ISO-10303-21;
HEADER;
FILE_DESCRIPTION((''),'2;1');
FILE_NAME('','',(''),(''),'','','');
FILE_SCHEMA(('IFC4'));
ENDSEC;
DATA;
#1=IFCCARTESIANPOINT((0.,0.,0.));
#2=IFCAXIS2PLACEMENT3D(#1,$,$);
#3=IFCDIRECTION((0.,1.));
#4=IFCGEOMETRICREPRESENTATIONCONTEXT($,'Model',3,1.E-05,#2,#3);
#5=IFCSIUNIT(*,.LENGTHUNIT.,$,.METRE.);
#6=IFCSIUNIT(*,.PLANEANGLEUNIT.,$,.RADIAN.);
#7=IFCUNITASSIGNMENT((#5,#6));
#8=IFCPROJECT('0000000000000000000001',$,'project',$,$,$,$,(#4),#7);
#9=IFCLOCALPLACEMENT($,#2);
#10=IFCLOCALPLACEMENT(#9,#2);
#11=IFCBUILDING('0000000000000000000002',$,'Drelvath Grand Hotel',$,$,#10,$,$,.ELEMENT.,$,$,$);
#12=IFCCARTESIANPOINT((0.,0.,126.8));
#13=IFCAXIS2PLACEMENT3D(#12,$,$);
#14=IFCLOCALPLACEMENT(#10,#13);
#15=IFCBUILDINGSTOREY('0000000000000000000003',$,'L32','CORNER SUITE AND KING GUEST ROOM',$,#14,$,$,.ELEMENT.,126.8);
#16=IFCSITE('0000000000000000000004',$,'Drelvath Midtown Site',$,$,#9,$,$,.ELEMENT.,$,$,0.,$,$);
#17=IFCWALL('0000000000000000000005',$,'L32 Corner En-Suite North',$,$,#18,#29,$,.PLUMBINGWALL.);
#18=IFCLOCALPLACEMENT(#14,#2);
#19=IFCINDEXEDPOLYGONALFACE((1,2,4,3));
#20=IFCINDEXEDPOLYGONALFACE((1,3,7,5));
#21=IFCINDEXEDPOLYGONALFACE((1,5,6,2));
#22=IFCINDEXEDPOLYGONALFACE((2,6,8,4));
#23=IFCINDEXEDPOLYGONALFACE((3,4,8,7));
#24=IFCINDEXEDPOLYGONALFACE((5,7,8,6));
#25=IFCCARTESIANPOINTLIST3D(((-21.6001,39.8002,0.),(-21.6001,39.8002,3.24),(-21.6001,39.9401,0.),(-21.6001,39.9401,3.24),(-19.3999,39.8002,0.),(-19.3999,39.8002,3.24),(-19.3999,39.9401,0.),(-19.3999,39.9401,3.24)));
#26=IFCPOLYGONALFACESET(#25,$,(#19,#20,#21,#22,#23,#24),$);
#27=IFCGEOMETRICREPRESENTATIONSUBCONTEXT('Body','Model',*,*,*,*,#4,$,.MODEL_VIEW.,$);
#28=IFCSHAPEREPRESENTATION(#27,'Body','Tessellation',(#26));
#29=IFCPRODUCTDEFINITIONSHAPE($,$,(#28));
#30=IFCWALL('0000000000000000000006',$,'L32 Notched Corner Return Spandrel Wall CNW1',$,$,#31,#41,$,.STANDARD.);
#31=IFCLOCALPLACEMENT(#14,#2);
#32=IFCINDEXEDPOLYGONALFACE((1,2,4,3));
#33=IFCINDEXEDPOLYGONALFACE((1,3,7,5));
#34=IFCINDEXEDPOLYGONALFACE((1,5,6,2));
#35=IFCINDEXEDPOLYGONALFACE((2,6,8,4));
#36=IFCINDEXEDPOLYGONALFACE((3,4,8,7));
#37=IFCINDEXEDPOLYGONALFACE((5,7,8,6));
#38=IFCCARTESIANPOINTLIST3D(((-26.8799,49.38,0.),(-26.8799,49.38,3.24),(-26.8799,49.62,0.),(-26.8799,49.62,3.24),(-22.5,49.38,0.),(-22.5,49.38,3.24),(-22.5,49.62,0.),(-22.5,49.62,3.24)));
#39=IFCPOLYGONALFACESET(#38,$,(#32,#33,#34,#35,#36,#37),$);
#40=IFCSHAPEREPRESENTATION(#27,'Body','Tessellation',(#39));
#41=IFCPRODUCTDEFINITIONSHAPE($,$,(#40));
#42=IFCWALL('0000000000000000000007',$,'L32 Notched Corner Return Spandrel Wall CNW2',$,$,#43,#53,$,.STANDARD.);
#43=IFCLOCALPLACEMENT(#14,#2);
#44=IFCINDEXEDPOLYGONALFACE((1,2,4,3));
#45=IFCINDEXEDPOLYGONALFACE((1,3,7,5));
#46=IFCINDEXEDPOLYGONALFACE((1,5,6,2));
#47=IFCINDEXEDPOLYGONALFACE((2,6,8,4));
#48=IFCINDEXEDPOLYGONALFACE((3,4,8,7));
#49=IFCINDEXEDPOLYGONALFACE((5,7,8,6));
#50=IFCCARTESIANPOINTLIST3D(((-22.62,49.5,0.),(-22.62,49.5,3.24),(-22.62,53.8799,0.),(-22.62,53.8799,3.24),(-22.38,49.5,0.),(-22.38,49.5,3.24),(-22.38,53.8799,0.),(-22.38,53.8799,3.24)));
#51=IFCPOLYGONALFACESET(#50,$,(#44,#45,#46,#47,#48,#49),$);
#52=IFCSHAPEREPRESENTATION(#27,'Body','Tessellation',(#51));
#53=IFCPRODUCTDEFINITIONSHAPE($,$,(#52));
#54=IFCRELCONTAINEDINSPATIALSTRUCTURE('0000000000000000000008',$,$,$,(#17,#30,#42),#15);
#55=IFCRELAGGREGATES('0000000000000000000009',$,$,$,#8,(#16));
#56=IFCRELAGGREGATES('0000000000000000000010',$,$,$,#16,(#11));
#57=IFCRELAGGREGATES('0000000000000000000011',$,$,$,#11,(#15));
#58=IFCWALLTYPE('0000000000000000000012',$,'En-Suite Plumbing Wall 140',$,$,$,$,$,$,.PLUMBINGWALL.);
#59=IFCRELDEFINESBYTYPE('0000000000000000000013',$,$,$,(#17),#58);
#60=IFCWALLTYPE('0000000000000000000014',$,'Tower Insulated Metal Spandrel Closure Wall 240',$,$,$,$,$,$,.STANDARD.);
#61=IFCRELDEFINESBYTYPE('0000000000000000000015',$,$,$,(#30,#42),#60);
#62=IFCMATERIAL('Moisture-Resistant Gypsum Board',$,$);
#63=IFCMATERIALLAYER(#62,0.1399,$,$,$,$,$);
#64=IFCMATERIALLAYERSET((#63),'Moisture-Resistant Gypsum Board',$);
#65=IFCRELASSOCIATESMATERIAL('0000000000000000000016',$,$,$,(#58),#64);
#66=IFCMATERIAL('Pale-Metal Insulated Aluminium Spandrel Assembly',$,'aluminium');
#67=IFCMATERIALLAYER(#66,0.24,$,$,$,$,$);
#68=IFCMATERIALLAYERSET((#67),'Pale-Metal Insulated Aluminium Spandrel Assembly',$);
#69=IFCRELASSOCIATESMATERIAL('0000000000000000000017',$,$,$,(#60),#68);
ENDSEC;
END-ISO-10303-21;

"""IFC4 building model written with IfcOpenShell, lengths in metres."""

from ifc_helpers import new_model, si_unit, direction, frame, frame_2d, origin, place, context, subcontext, project, spatial, rectangle, extrude, material, layer, layer_set, type_object, element, save


model = new_model("IFC4")

# Units and contexts
model_context = context("Model", 3, precision=1e-05, world=origin(), true_north=direction((0.0, 1.0)))
body_context = subcontext(model_context, "Body", "Model", "MODEL_VIEW")
ifc_project = project(units=[si_unit("LENGTHUNIT", "METRE"), si_unit("PLANEANGLEUNIT", "RADIAN")], contexts=[model_context])

# Site, building, storey
site_placement = place(None, origin())
site = spatial("IfcSite", under=ifc_project, at=site_placement, Name="Drelvath Midtown Site", CompositionType="ELEMENT", RefElevation=0.0)
building_placement = place(site_placement, origin())
building = spatial("IfcBuilding", under=site, at=building_placement, Name="Drelvath Grand Hotel", CompositionType="ELEMENT")
storey_placement = place(building_placement, frame((0.0, 0.0, 126.8)))
storey = spatial("IfcBuildingStorey", under=building, at=storey_placement, Name="L32", Description="CORNER SUITE AND KING GUEST ROOM", CompositionType="ELEMENT", Elevation=126.8)

# Walls
ifc_material_1 = material(Name="Moisture-Resistant Gypsum Board")
ifc_layer_1 = layer(ifc_material_1, 0.1399)
ifc_layer_set_1 = layer_set([ifc_layer_1], Name="Moisture-Resistant Gypsum Board")
wall_type_1 = type_object("IfcWallType", Name="En-Suite Plumbing Wall 140", PredefinedType="PLUMBINGWALL", material=ifc_layer_set_1)
wall_placement = place(storey_placement, frame((-21.6001, 39.8701, 0.0), z_axis=(0.0, 0.0, 1.0), x_axis=(1.0, 0.0, 0.0)))
element("IfcWall", 1, at=wall_placement, inside=storey, type_object=wall_type_1, Name="L32 Corner En-Suite North", PredefinedType="PLUMBINGWALL", context=body_context, shape_type="SweptSolid", body=[
    extrude(rectangle(XDim=2.2002, YDim=0.1399, at=frame_2d((1.1001, 0.0))), origin(), (0.0, 0.0, 1.0), 3.24),
])
ifc_material_2 = material(Name="Pale-Metal Insulated Aluminium Spandrel Assembly", Category="aluminium")
ifc_layer_2 = layer(ifc_material_2, 0.24)
ifc_layer_set_2 = layer_set([ifc_layer_2], Name="Pale-Metal Insulated Aluminium Spandrel Assembly")
wall_type_2 = type_object("IfcWallType", Name="Tower Insulated Metal Spandrel Closure Wall 240", PredefinedType="STANDARD", material=ifc_layer_set_2)
for number, where, z_axis, x_axis, name in (
    (2, (-26.8799, 49.5, 0.0), (0.0, 0.0, 1.0), (1.0, 0.0, 0.0), "L32 Notched Corner Return Spandrel Wall CNW1"),
    (3, (-22.5, 49.5, 0.0), (0.0, 0.0, 1.0), (0.0, 1.0, 0.0), "L32 Notched Corner Return Spandrel Wall CNW2"),
):
    element("IfcWall", number, at=place(storey_placement, frame(where, z_axis=z_axis, x_axis=x_axis)), inside=storey, type_object=wall_type_2, Name=name, PredefinedType="STANDARD", context=body_context, shape_type="SweptSolid", body=[
        extrude(rectangle(XDim=4.3799, YDim=0.24, at=frame_2d((2.1899, 0.0))), origin(), (0.0, 0.0, 1.0), 3.24),
    ])

save(model, "model.ifc")
